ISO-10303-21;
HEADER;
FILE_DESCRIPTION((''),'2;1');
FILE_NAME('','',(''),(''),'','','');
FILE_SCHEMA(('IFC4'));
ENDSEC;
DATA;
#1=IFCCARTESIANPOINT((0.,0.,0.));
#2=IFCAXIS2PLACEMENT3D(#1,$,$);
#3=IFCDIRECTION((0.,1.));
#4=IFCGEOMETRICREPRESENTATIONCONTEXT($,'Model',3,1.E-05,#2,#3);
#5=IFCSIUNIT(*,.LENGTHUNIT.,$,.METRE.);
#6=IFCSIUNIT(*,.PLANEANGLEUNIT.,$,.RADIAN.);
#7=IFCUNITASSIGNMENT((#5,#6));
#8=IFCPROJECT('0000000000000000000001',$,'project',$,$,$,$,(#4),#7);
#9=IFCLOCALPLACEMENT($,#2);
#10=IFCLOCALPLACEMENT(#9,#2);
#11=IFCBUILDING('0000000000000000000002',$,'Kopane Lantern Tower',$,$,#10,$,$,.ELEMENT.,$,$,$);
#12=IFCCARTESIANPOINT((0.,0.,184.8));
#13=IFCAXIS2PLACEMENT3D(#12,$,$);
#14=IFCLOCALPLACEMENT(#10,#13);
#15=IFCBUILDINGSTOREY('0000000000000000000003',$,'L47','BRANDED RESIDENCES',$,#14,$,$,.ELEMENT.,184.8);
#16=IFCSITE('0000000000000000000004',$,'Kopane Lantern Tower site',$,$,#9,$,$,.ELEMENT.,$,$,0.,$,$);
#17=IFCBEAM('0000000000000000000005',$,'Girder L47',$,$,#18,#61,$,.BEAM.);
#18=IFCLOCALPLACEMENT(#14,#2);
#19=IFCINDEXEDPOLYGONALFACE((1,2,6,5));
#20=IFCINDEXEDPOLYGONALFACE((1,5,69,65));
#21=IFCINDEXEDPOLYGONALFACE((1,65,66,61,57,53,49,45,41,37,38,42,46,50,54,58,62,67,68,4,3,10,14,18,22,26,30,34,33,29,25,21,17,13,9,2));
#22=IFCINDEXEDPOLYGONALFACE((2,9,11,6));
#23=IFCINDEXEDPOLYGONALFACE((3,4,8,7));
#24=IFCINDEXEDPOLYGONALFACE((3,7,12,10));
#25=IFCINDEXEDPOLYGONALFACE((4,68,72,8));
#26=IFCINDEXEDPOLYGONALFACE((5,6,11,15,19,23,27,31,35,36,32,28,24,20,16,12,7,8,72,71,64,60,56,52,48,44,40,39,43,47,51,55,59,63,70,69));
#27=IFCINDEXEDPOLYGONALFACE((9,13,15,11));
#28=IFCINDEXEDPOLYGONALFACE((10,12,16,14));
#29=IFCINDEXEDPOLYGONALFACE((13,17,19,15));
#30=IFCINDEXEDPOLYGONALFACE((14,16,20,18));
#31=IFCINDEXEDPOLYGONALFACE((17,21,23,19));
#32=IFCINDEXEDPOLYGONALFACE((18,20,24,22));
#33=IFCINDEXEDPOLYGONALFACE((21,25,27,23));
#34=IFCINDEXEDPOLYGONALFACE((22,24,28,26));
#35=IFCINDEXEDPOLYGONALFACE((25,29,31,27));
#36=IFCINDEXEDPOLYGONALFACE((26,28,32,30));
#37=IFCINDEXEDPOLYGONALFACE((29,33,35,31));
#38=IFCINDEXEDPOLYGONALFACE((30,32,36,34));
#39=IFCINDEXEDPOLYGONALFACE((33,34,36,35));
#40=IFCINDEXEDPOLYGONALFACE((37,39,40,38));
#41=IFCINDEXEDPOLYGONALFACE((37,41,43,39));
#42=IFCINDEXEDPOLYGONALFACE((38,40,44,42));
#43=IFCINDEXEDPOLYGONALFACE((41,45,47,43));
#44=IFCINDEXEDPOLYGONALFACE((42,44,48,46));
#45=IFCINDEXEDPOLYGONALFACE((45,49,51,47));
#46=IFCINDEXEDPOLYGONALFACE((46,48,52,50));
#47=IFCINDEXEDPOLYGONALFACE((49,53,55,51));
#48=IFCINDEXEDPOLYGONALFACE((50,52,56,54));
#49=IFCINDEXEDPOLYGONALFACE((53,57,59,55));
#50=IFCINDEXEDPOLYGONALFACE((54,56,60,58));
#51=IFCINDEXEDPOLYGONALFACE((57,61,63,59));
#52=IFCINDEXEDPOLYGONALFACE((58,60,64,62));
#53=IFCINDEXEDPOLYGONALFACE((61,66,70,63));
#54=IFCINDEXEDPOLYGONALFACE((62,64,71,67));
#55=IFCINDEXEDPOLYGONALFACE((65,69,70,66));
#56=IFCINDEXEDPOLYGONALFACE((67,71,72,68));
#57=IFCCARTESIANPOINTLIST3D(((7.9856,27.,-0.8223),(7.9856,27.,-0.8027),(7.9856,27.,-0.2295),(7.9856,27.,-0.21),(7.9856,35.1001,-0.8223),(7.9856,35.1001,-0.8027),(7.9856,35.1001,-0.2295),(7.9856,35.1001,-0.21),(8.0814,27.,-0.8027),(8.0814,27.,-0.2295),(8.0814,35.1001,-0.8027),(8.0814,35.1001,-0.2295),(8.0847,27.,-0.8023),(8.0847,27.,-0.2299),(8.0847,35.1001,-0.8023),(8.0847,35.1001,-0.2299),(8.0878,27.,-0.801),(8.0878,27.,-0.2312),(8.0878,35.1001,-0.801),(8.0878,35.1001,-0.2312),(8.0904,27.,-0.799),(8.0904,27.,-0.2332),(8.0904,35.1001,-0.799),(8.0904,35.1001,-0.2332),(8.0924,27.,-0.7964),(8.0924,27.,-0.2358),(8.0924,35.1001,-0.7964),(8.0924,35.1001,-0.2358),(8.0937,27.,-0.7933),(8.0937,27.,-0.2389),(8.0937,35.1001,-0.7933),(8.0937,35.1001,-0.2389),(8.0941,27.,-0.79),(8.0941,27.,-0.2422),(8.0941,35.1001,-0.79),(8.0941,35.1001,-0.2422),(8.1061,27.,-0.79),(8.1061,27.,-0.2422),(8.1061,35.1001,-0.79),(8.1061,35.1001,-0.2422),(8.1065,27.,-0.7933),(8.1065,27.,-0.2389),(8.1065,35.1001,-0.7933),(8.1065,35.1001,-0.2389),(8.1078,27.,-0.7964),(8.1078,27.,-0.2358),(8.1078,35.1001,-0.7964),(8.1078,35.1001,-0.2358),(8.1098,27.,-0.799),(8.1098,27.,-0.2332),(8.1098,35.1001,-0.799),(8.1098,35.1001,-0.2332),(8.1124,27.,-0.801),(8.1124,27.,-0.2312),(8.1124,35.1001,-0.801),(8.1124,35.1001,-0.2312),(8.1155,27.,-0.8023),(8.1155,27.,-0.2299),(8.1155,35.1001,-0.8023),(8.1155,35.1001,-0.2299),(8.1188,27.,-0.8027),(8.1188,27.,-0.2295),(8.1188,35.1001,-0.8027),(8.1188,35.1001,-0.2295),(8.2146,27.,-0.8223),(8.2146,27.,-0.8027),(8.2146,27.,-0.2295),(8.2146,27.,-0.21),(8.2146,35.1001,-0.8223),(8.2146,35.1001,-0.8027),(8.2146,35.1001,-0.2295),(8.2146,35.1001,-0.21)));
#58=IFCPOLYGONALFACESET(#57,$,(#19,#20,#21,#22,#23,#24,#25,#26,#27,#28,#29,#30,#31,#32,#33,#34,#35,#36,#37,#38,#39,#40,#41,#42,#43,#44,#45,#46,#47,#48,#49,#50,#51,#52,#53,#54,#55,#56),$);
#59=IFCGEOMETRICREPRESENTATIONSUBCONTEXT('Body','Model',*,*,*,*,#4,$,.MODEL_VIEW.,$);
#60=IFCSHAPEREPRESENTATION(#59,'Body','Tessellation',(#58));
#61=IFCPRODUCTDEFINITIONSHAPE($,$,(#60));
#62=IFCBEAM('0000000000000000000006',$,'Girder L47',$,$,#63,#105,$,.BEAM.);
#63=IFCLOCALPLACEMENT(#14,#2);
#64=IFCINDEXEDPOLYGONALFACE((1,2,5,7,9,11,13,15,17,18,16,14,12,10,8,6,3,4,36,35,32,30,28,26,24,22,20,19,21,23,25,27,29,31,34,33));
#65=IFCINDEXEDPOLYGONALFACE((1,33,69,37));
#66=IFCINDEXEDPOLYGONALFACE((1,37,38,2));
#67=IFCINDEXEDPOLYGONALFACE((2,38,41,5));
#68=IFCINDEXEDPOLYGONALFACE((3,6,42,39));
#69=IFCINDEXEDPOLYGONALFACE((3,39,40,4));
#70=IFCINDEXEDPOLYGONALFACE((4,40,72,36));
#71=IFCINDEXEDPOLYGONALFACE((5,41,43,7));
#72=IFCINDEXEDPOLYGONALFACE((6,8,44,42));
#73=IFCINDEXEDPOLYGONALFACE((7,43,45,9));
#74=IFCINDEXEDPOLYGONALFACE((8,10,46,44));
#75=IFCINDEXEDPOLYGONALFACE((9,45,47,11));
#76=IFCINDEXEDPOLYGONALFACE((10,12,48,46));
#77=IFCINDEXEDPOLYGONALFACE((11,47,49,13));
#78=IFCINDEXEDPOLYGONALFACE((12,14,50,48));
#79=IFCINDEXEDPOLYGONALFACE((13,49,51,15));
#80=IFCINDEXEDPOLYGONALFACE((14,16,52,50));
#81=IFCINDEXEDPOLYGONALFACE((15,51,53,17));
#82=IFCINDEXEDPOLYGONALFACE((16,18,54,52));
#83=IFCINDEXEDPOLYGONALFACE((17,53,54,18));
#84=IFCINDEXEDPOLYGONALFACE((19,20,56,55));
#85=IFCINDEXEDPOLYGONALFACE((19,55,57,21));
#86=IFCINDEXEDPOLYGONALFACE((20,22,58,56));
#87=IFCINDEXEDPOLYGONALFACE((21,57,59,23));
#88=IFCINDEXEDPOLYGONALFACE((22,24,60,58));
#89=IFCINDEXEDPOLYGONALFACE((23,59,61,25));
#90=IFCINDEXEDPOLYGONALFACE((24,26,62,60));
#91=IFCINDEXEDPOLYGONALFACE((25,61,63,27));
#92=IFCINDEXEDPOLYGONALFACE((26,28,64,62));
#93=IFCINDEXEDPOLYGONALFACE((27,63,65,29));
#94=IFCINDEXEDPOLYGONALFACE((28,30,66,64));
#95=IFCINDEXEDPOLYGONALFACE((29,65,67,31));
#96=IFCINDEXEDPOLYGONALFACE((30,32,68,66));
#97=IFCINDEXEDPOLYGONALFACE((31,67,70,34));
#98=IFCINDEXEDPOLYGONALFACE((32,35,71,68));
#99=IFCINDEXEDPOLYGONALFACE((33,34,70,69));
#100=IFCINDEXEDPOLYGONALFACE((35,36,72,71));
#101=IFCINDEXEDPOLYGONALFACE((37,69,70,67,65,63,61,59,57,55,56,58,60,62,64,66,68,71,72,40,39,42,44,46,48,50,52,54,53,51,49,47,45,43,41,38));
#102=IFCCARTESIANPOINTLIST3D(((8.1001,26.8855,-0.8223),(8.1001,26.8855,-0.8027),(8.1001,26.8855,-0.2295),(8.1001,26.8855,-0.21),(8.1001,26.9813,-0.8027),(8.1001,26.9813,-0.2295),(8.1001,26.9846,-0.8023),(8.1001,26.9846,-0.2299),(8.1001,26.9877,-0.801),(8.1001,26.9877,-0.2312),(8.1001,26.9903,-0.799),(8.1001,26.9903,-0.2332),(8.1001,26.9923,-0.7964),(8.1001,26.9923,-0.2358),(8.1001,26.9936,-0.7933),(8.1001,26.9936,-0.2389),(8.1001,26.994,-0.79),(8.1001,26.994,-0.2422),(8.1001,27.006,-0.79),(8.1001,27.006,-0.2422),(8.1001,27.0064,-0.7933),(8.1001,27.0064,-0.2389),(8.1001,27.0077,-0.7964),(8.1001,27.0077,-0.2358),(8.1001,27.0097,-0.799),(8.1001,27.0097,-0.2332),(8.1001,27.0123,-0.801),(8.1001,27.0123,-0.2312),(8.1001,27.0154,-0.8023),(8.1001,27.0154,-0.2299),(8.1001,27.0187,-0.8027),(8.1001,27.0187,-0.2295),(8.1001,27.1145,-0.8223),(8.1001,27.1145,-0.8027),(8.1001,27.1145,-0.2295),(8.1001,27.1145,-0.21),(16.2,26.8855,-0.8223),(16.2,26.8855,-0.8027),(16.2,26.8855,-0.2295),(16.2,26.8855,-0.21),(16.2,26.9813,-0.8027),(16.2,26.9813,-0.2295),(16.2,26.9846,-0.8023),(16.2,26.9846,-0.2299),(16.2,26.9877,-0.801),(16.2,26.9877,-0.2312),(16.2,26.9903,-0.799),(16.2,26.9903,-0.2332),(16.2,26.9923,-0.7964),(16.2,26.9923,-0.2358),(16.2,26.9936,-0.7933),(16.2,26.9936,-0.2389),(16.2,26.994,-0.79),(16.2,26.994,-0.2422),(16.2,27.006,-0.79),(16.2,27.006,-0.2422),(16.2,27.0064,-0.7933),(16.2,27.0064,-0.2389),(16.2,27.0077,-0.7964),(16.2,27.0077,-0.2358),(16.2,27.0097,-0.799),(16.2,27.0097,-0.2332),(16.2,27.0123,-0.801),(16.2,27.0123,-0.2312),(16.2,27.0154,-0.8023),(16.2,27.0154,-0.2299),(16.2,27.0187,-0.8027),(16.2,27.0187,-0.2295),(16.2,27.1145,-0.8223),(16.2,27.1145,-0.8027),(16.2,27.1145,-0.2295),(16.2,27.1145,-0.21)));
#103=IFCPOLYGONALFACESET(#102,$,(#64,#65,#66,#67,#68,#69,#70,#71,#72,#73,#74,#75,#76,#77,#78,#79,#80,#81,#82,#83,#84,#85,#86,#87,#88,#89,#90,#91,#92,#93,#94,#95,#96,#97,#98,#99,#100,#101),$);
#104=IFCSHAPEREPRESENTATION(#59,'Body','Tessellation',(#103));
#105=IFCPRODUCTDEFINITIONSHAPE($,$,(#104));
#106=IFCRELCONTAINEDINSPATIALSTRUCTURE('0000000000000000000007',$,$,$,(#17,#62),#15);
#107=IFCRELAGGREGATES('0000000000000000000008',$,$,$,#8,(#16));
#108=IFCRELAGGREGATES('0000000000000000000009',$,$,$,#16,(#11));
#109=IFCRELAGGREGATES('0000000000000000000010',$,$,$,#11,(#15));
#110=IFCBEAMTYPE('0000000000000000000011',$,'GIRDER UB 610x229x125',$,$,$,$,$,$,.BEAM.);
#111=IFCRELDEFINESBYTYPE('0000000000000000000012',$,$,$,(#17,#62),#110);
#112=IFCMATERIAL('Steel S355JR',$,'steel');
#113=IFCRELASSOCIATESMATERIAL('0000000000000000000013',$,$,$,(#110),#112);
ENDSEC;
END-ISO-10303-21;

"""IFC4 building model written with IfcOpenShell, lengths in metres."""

from ifc_helpers import new_model, si_unit, direction, frame, origin, origin_2d, place, context, subcontext, project, spatial, i_section, extrude, material, material_profile, profile_set, type_object, element, save


model = new_model("IFC4")

# Units and contexts
model_context = context("Model", 3, precision=1e-05, world=origin(), true_north=direction((0.0, 1.0)))
body_context = subcontext(model_context, "Body", "Model", "MODEL_VIEW")
ifc_project = project(units=[si_unit("LENGTHUNIT", "METRE"), si_unit("PLANEANGLEUNIT", "RADIAN")], contexts=[model_context])

# Site, building, storey
site_placement = place(None, origin())
site = spatial("IfcSite", under=ifc_project, at=site_placement, Name="Kopane Lantern Tower site", CompositionType="ELEMENT", RefElevation=0.0)
building_placement = place(site_placement, origin())
building = spatial("IfcBuilding", under=site, at=building_placement, Name="Kopane Lantern Tower", CompositionType="ELEMENT")
storey_placement = place(building_placement, frame((0.0, 0.0, 184.8)))
storey = spatial("IfcBuildingStorey", under=building, at=storey_placement, Name="L47", Description="BRANDED RESIDENCES", CompositionType="ELEMENT", Elevation=184.8)

# Beams
ifc_material_1 = material(Name="Steel S355JR", Category="steel")
ifc_material_profile_1 = material_profile(ifc_material_1, i_section(OverallWidth=0.229, OverallDepth=0.6123, WebThickness=0.012, FlangeThickness=0.0195, FilletRadius=0.0127, at=origin_2d()), Name="UB 610x229x125")
ifc_profile_set_1 = profile_set([ifc_material_profile_1], Name="Steel S355JR")
beam_type = type_object("IfcBeamType", Name="GIRDER UB 610x229x125", PredefinedType="BEAM", material=ifc_profile_set_1)
for number, where, z_axis, x_axis, name in (
    (1, (8.1001, 27.0, -0.5161), (0.0, 1.0, 0.0), (-1.0, 0.0, 0.0), "Girder L47"),
):
    element("IfcBeam", number, at=place(storey_placement, frame(where, z_axis=z_axis, x_axis=x_axis)), inside=storey, type_object=beam_type, Name=name, PredefinedType="BEAM", context=body_context, shape_type="SweptSolid", body=[
        extrude(i_section(OverallWidth=0.229, OverallDepth=0.6123, WebThickness=0.012, FlangeThickness=0.0195, FilletRadius=0.0127, at=origin_2d()), origin(), (0.0, 0.0, 1.0), 8.1001),
    ])
beam_placement = place(storey_placement, frame((8.1001, 27.0, -0.5161), z_axis=(1.0, 0.0, 0.0), x_axis=(0.0, 1.0, 0.0)))
element("IfcBeam", 2, at=beam_placement, inside=storey, type_object=beam_type, Name="Girder L47", PredefinedType="BEAM", context=body_context, shape_type="SweptSolid", body=[
    extrude(i_section(OverallWidth=0.229, OverallDepth=0.6123, WebThickness=0.012, FlangeThickness=0.0195, FilletRadius=0.0127, at=origin_2d()), origin(), (0.0, 0.0, 1.0), 8.0999),
])

save(model, "model.ifc")
